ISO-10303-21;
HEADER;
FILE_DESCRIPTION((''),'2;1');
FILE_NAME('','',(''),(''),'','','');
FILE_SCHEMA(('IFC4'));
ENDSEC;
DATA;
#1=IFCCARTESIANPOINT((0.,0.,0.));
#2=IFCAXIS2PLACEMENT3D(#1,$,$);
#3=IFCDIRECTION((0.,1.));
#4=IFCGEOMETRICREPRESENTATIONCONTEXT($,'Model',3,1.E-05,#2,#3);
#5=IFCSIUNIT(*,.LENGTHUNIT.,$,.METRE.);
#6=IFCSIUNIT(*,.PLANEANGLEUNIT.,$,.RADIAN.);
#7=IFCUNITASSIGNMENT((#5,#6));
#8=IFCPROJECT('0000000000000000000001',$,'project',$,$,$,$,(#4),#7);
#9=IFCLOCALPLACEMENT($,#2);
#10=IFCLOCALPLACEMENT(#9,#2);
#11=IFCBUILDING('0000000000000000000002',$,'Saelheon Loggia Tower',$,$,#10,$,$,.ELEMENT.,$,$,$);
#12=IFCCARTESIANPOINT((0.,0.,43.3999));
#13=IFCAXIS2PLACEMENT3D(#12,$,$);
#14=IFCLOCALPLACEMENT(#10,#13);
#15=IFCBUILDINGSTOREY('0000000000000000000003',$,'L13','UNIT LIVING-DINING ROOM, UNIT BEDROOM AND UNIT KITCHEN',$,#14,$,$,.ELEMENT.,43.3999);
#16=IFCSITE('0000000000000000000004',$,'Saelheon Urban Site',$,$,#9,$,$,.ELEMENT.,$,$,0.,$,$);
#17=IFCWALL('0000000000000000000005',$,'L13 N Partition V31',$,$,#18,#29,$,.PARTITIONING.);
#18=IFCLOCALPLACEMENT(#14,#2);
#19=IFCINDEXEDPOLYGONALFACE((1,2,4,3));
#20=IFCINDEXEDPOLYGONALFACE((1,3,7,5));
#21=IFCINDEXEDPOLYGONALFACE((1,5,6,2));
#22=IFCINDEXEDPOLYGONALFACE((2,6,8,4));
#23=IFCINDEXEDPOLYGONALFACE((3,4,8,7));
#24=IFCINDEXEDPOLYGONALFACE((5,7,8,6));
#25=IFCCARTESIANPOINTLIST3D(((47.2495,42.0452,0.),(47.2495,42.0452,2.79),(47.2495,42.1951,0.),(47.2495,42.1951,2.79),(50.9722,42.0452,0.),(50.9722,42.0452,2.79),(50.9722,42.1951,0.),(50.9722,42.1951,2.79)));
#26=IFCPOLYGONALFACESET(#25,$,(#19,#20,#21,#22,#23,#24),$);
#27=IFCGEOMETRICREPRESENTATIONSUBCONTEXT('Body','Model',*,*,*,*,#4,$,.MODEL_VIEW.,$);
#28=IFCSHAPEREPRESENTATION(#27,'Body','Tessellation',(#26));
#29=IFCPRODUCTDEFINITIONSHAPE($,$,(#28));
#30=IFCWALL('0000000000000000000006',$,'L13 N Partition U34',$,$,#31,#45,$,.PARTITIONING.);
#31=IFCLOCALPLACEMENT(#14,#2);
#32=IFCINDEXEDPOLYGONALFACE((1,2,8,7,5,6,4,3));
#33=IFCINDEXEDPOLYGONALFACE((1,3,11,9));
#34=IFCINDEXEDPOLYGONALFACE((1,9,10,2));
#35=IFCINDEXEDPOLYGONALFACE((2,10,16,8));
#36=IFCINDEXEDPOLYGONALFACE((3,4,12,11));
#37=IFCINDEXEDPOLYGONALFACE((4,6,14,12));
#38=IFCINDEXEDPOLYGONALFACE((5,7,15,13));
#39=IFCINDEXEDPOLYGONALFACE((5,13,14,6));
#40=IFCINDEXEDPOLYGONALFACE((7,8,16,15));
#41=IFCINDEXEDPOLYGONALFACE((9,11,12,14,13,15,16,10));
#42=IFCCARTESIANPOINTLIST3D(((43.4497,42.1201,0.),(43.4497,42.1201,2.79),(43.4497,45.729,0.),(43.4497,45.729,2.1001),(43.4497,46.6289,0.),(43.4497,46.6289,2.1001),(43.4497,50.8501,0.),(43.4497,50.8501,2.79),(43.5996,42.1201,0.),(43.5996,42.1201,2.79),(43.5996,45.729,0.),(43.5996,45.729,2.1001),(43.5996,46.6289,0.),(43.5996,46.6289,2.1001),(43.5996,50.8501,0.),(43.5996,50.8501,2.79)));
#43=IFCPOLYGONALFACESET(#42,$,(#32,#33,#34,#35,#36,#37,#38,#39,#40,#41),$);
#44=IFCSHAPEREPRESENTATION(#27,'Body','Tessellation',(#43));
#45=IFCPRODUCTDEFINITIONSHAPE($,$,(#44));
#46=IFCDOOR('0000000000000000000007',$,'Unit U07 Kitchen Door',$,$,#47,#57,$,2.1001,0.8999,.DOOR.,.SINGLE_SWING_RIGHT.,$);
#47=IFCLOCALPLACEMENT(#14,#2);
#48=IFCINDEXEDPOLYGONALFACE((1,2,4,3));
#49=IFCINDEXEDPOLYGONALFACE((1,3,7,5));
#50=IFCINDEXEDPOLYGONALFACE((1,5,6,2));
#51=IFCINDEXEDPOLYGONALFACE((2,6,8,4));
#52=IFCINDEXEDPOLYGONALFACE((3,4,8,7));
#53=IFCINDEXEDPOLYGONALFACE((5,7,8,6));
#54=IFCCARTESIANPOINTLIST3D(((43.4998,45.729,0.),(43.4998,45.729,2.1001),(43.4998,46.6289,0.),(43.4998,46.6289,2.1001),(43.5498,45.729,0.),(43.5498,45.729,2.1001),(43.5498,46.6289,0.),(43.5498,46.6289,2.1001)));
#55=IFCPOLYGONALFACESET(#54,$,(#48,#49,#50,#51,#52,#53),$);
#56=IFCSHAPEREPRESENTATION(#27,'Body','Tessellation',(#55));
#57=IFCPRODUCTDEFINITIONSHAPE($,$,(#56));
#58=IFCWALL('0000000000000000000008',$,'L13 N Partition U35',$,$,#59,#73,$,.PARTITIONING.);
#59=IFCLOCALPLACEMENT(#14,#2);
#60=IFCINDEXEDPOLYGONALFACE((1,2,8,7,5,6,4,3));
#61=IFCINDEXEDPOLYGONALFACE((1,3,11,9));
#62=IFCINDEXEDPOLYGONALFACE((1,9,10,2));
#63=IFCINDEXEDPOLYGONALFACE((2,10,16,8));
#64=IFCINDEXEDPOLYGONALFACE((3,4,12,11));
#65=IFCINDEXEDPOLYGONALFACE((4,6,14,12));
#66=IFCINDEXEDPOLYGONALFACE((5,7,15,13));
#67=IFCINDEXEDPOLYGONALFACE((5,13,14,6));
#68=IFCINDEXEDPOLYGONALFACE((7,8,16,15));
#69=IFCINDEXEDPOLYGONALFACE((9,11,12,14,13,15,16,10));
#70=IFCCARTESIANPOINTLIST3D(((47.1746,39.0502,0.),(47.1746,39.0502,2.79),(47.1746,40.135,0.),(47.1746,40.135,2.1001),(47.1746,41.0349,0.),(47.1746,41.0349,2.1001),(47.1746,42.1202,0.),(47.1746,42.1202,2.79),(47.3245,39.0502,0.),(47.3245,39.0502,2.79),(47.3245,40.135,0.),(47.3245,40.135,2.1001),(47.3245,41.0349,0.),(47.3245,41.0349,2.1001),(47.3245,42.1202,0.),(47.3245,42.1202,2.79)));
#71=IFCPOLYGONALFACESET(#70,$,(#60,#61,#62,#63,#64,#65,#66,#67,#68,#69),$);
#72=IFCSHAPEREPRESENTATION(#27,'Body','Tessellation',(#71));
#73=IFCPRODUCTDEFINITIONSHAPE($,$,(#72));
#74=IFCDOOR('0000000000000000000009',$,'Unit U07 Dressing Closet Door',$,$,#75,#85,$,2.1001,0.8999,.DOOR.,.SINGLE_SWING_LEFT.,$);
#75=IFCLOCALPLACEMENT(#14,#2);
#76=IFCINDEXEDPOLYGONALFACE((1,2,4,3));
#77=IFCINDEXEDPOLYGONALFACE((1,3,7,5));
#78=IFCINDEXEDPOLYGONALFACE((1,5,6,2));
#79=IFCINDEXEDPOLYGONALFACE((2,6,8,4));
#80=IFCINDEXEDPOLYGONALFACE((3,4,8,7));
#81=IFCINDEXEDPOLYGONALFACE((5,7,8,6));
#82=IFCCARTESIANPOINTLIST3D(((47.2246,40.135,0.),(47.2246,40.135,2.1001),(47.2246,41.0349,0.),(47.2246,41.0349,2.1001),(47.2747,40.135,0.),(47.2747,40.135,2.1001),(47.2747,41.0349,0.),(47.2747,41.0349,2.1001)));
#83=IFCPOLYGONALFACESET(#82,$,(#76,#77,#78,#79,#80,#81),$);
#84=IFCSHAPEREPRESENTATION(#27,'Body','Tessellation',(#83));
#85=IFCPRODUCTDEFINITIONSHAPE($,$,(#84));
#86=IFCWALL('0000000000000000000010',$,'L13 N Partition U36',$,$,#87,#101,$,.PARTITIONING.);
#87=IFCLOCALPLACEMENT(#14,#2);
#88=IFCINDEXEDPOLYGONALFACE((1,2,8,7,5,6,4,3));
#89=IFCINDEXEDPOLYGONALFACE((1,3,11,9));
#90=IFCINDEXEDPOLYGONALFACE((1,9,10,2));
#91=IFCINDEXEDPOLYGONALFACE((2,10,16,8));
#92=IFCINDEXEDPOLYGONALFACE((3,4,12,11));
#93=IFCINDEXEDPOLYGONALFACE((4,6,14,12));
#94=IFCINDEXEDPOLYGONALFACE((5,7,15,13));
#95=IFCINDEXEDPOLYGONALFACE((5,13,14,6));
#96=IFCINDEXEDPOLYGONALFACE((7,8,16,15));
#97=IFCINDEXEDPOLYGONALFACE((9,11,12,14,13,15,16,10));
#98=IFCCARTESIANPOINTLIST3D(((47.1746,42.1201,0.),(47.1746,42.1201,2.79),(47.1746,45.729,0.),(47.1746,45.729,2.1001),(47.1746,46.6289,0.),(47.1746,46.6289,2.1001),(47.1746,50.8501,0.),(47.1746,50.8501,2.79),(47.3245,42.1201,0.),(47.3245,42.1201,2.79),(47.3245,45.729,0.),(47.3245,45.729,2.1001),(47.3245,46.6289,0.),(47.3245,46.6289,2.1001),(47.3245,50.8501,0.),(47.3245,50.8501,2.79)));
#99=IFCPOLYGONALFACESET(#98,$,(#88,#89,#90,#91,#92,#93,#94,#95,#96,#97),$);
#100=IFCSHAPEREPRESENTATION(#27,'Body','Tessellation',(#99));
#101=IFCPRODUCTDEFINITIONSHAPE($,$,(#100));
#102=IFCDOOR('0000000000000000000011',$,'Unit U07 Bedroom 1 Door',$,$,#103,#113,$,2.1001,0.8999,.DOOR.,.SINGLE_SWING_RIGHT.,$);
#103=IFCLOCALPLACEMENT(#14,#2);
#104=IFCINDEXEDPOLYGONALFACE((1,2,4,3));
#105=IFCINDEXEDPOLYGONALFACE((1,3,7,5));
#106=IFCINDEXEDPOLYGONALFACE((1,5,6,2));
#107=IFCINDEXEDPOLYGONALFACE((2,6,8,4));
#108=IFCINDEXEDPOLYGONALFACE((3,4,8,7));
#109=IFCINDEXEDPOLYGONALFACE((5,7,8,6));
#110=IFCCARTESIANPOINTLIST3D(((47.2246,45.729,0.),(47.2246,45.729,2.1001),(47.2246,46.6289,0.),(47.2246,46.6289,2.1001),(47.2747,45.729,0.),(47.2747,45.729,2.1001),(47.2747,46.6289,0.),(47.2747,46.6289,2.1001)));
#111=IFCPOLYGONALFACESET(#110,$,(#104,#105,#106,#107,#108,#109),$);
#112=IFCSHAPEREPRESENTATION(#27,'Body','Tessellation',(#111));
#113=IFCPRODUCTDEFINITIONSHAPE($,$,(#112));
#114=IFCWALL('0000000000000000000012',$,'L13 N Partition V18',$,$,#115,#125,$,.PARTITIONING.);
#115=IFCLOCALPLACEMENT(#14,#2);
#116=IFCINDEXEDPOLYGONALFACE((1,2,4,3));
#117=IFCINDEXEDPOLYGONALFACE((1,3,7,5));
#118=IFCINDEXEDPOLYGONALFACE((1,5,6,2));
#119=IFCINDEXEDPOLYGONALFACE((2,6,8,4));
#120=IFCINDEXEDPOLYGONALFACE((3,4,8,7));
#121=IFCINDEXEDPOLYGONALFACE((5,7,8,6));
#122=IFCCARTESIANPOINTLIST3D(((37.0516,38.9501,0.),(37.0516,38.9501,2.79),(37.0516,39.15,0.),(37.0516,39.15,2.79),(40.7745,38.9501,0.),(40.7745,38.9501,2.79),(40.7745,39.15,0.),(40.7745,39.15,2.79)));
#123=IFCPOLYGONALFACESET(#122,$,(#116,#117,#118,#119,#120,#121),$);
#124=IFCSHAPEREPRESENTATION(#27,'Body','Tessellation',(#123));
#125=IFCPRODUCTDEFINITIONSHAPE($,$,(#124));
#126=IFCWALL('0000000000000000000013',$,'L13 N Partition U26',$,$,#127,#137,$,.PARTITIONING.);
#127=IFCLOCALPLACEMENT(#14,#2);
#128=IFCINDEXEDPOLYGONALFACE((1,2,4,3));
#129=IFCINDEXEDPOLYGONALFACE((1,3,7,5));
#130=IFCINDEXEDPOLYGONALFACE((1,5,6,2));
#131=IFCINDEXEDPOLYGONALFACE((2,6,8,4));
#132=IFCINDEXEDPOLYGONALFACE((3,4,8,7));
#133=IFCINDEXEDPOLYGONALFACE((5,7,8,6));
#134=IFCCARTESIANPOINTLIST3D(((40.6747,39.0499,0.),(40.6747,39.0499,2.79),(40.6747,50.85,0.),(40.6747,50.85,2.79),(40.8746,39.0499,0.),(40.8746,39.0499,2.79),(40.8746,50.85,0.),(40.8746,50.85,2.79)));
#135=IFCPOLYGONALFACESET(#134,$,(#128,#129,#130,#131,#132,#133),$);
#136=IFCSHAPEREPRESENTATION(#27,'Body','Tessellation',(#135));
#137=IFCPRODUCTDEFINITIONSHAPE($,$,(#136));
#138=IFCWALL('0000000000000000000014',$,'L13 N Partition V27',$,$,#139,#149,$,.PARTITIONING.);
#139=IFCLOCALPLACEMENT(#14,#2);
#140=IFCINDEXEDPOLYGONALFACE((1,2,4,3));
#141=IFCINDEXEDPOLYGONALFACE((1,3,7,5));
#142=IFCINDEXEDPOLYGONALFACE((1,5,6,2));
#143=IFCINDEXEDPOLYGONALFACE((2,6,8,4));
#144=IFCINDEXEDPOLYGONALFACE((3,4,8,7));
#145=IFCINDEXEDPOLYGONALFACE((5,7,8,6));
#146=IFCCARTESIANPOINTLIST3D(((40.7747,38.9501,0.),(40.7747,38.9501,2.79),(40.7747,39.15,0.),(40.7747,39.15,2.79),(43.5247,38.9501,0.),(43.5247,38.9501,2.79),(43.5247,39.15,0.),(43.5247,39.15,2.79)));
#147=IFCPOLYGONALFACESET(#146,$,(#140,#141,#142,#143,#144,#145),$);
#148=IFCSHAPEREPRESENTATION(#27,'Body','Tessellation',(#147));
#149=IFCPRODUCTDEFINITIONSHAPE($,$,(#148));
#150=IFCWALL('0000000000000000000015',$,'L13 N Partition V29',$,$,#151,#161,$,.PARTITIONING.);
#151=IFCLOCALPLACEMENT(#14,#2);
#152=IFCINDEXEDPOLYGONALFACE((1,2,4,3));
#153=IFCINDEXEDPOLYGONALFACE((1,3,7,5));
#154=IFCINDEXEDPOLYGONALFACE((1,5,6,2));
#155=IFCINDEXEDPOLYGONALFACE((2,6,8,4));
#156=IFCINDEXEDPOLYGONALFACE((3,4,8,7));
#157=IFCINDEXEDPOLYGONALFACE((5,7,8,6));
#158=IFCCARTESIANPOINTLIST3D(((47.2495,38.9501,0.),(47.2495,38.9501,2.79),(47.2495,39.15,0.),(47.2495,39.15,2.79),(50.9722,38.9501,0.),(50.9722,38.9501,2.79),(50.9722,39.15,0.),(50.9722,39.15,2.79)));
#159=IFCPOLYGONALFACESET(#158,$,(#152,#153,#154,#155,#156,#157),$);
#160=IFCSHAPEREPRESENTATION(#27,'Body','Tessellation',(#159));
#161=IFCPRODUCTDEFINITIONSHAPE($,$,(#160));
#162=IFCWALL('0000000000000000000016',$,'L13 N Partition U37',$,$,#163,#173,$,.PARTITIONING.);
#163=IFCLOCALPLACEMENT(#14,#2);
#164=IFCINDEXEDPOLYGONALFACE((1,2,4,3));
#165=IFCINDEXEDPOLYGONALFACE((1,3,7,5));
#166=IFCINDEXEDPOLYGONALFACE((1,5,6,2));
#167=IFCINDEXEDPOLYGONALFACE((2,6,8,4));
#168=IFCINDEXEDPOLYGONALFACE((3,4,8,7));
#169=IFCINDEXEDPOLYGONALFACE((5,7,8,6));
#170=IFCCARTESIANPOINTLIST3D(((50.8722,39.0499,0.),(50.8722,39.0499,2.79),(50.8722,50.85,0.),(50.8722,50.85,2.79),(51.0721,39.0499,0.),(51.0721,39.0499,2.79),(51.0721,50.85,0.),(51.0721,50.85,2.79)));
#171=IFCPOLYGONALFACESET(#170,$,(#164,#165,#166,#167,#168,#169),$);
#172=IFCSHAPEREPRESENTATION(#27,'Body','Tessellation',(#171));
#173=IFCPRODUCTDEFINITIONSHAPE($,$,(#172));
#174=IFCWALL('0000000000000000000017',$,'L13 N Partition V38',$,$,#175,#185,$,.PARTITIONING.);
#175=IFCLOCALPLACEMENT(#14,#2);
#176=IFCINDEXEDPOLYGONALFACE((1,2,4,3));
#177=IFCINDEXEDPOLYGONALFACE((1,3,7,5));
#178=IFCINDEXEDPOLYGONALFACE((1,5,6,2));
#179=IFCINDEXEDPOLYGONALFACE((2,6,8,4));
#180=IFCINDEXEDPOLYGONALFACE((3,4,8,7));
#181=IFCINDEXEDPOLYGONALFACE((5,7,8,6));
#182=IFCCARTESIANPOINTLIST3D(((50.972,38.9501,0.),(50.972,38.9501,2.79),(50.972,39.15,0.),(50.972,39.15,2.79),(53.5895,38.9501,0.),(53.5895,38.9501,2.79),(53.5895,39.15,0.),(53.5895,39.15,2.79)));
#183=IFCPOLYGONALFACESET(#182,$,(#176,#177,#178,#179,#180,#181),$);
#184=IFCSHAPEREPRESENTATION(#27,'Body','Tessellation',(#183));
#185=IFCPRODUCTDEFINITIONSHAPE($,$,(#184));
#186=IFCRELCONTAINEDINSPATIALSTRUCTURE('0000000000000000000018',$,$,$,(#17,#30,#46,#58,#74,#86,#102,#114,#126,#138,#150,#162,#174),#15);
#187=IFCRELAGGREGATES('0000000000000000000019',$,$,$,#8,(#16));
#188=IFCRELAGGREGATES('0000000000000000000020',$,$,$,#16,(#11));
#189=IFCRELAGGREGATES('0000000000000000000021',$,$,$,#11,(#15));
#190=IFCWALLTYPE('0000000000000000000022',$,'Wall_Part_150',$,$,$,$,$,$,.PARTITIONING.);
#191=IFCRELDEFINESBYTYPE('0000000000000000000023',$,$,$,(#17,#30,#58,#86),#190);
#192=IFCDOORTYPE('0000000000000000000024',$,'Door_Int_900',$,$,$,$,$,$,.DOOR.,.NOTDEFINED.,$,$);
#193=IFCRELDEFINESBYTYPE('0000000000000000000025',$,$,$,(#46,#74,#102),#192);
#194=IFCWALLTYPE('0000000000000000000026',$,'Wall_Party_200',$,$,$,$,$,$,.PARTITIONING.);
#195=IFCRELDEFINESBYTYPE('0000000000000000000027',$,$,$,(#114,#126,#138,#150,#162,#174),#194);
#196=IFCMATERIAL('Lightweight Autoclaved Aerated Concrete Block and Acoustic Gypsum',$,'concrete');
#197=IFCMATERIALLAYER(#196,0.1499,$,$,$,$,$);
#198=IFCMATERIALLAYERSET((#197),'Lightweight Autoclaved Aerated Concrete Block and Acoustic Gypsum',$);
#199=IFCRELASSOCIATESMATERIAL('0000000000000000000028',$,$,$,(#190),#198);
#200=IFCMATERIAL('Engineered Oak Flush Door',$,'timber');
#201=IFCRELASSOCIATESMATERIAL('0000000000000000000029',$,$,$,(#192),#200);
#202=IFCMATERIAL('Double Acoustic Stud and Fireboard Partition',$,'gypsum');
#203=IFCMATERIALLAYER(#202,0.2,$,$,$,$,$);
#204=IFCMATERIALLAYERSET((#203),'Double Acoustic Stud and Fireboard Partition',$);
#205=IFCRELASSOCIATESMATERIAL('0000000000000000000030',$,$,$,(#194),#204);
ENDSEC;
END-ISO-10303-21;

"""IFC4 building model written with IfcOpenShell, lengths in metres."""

from ifc_helpers import new_model, si_unit, direction, frame, frame_2d, origin, place, context, subcontext, project, spatial, rectangle, extrude, source, transform, mapped, material, layer, layer_set, type_object, element, fill, save


model = new_model("IFC4")

# Units and contexts
model_context = context("Model", 3, precision=1e-05, world=origin(), true_north=direction((0.0, 1.0)))
body_context = subcontext(model_context, "Body", "Model", "MODEL_VIEW")
ifc_project = project(units=[si_unit("LENGTHUNIT", "METRE"), si_unit("PLANEANGLEUNIT", "RADIAN")], contexts=[model_context])

# Site, building, storey
site_placement = place(None, origin())
site = spatial("IfcSite", under=ifc_project, at=site_placement, Name="Saelheon Urban Site", CompositionType="ELEMENT", RefElevation=0.0)
building_placement = place(site_placement, origin())
building = spatial("IfcBuilding", under=site, at=building_placement, Name="Saelheon Loggia Tower", CompositionType="ELEMENT")
storey_placement = place(building_placement, frame((0.0, 0.0, 43.3999)))
storey = spatial("IfcBuildingStorey", under=building, at=storey_placement, Name="L13", Description="UNIT LIVING-DINING ROOM, UNIT BEDROOM AND UNIT KITCHEN", CompositionType="ELEMENT", Elevation=43.3999)

# Shared definitions
ifc_material_1 = material(Name="Lightweight Autoclaved Aerated Concrete Block and Acoustic Gypsum", Category="concrete")
ifc_layer_1 = layer(ifc_material_1, 0.1499)
ifc_layer_set_1 = layer_set([ifc_layer_1], Name="Lightweight Autoclaved Aerated Concrete Block and Acoustic Gypsum")
wall_type_1 = type_object("IfcWallType", Name="Wall_Part_150", PredefinedType="PARTITIONING", material=ifc_layer_set_1)

# Shared definitions
ifc_material_2 = material(Name="Engineered Oak Flush Door", Category="timber")
door_type_1 = type_object("IfcDoorType", Name="Door_Int_900", OperationType="NOTDEFINED", PredefinedType="DOOR", material=ifc_material_2)
shared_shape_1 = source(origin(), body_context, "Body", "SweptSolid", [
    extrude(rectangle(XDim=0.8999, YDim=2.1001, at=frame_2d((0.45, 1.05))), frame((0.0, 0.0249, 0.0), z_axis=(0.0, -1.0, 0.0), x_axis=(1.0, 0.0, 0.0)), (0.0, 0.0, 1.0), 0.05),
])

# Wall
wall_1_placement = place(storey_placement, frame((47.2495, 42.1201, 0.0), z_axis=(0.0, 0.0, 1.0), x_axis=(1.0, 0.0, 0.0)))
element("IfcWall", 1, at=wall_1_placement, inside=storey, type_object=wall_type_1, Name="L13 N Partition V31", PredefinedType="PARTITIONING", context=body_context, shape_type="SweptSolid", body=[
    extrude(rectangle(XDim=3.7227, YDim=0.1499, at=frame_2d((1.8613, 0.0))), origin(), (0.0, 0.0, 1.0), 2.79),
])

# Walls, openings, doors
wall_2_placement = place(storey_placement, frame((43.5247, 42.1201, 0.0), z_axis=(0.0, 0.0, 1.0), x_axis=(0.0, 1.0, 0.0)))
wall_2 = element("IfcWall", 2, at=wall_2_placement, inside=storey, type_object=wall_type_1, Name="L13 N Partition U34", PredefinedType="PARTITIONING", context=body_context, shape_type="SweptSolid", body=[
    extrude(rectangle(XDim=8.73, YDim=0.1499, at=frame_2d((4.365, 0.0))), origin(), (0.0, 0.0, 1.0), 2.79),
])
opening_1_placement = place(wall_2_placement, frame((3.6089, 0.0, 0.0)))
opening_1 = element("IfcOpeningElement", 3, at=opening_1_placement, cuts=wall_2, PredefinedType="OPENING", context=body_context, shape_type="SweptSolid", body=[
    extrude(rectangle(XDim=0.8999, YDim=2.1001, at=frame_2d((0.45, 1.05))), frame((0.0, 0.0869, 0.0), z_axis=(0.0, -1.0, 0.0), x_axis=(1.0, 0.0, 0.0)), (0.0, 0.0, 1.0), 0.1738),
])
door_1_placement = place(opening_1_placement, origin())
door_1 = element("IfcDoor", 4, at=door_1_placement, inside=storey, type_object=door_type_1, Name="Unit U07 Kitchen Door", OperationType="SINGLE_SWING_RIGHT", OverallHeight=2.1001, OverallWidth=0.8999, PredefinedType="DOOR", context=body_context, shape_type="MappedRepresentation", body=[
    mapped(shared_shape_1, transform((0.0, 0.0, 0.0), scale=1.0)),
])
fill(opening_1, door_1)
wall_3_placement = place(storey_placement, frame((47.2495, 39.05, 0.0), z_axis=(0.0, 0.0, 1.0), x_axis=(0.0, 1.0, 0.0)))
wall_3 = element("IfcWall", 5, at=wall_3_placement, inside=storey, type_object=wall_type_1, Name="L13 N Partition U35", PredefinedType="PARTITIONING", context=body_context, shape_type="SweptSolid", body=[
    extrude(rectangle(XDim=3.0701, YDim=0.1499, at=frame_2d((1.5352, 0.0))), origin(), (0.0, 0.0, 1.0), 2.79),
])
opening_2_placement = place(wall_3_placement, frame((1.085, 0.0, 0.0)))
opening_2 = element("IfcOpeningElement", 6, at=opening_2_placement, cuts=wall_3, PredefinedType="OPENING", context=body_context, shape_type="SweptSolid", body=[
    extrude(rectangle(XDim=0.8999, YDim=2.1001, at=frame_2d((0.45, 1.05))), frame((0.0, 0.0869, 0.0), z_axis=(0.0, -1.0, 0.0), x_axis=(1.0, 0.0, 0.0)), (0.0, 0.0, 1.0), 0.1738),
])
door_2_placement = place(opening_2_placement, origin())
door_2 = element("IfcDoor", 7, at=door_2_placement, inside=storey, type_object=door_type_1, Name="Unit U07 Dressing Closet Door", OperationType="SINGLE_SWING_LEFT", OverallHeight=2.1001, OverallWidth=0.8999, PredefinedType="DOOR", context=body_context, shape_type="MappedRepresentation", body=[
    mapped(shared_shape_1, transform((0.0, 0.0, 0.0), scale=1.0)),
])
fill(opening_2, door_2)
wall_4_placement = place(storey_placement, frame((47.2495, 42.1201, 0.0), z_axis=(0.0, 0.0, 1.0), x_axis=(0.0, 1.0, 0.0)))
wall_4 = element("IfcWall", 8, at=wall_4_placement, inside=storey, type_object=wall_type_1, Name="L13 N Partition U36", PredefinedType="PARTITIONING", context=body_context, shape_type="SweptSolid", body=[
    extrude(rectangle(XDim=8.73, YDim=0.1499, at=frame_2d((4.365, 0.0))), origin(), (0.0, 0.0, 1.0), 2.79),
])
opening_3_placement = place(wall_4_placement, frame((3.6089, 0.0, 0.0)))
opening_3 = element("IfcOpeningElement", 9, at=opening_3_placement, cuts=wall_4, PredefinedType="OPENING", context=body_context, shape_type="SweptSolid", body=[
    extrude(rectangle(XDim=0.8999, YDim=2.1001, at=frame_2d((0.45, 1.05))), frame((0.0, 0.0869, 0.0), z_axis=(0.0, -1.0, 0.0), x_axis=(1.0, 0.0, 0.0)), (0.0, 0.0, 1.0), 0.1738),
])
door_3_placement = place(opening_3_placement, origin())
door_3 = element("IfcDoor", 10, at=door_3_placement, inside=storey, type_object=door_type_1, Name="Unit U07 Bedroom 1 Door", OperationType="SINGLE_SWING_RIGHT", OverallHeight=2.1001, OverallWidth=0.8999, PredefinedType="DOOR", context=body_context, shape_type="MappedRepresentation", body=[
    mapped(shared_shape_1, transform((0.0, 0.0, 0.0), scale=1.0)),
])
fill(opening_3, door_3)

# Walls
ifc_material_3 = material(Name="Double Acoustic Stud and Fireboard Partition", Category="gypsum")
ifc_layer_2 = layer(ifc_material_3, 0.2)
ifc_layer_set_2 = layer_set([ifc_layer_2], Name="Double Acoustic Stud and Fireboard Partition")
wall_type_2 = type_object("IfcWallType", Name="Wall_Party_200", PredefinedType="PARTITIONING", material=ifc_layer_set_2)
wall_5_placement = place(storey_placement, frame((37.0518, 39.05, 0.0), z_axis=(0.0, 0.0, 1.0), x_axis=(1.0, 0.0, 0.0)))
element("IfcWall", 11, at=wall_5_placement, inside=storey, type_object=wall_type_2, Name="L13 N Partition V18", PredefinedType="PARTITIONING", context=body_context, shape_type="SweptSolid", body=[
    extrude(rectangle(XDim=3.7229, YDim=0.2, at=frame_2d((1.8613, 0.0))), origin(), (0.0, 0.0, 1.0), 2.79),
])
wall_6_placement = place(storey_placement, frame((40.7747, 39.05, 0.0), z_axis=(0.0, 0.0, 1.0), x_axis=(0.0, 1.0, 0.0)))
element("IfcWall", 12, at=wall_6_placement, inside=storey, type_object=wall_type_2, Name="L13 N Partition U26", PredefinedType="PARTITIONING", context=body_context, shape_type="SweptSolid", body=[
    extrude(rectangle(XDim=11.8, YDim=0.2, at=frame_2d((5.8999, 0.0))), origin(), (0.0, 0.0, 1.0), 2.79),
])
wall_7_placement = place(storey_placement, frame((40.7747, 39.05, 0.0), z_axis=(0.0, 0.0, 1.0), x_axis=(1.0, 0.0, 0.0)))
element("IfcWall", 13, at=wall_7_placement, inside=storey, type_object=wall_type_2, Name="L13 N Partition V27", PredefinedType="PARTITIONING", context=body_context, shape_type="SweptSolid", body=[
    extrude(rectangle(XDim=2.75, YDim=0.2, at=frame_2d((1.375, 0.0))), origin(), (0.0, 0.0, 1.0), 2.79),
])

# Walls
wall_8_placement = place(storey_placement, frame((47.2495, 39.05, 0.0), z_axis=(0.0, 0.0, 1.0), x_axis=(1.0, 0.0, 0.0)))
element("IfcWall", 14, at=wall_8_placement, inside=storey, type_object=wall_type_2, Name="L13 N Partition V29", PredefinedType="PARTITIONING", context=body_context, shape_type="SweptSolid", body=[
    extrude(rectangle(XDim=3.7227, YDim=0.2, at=frame_2d((1.8613, 0.0))), origin(), (0.0, 0.0, 1.0), 2.79),
])
wall_9_placement = place(storey_placement, frame((50.9722, 39.05, 0.0), z_axis=(0.0, 0.0, 1.0), x_axis=(0.0, 1.0, 0.0)))
element("IfcWall", 15, at=wall_9_placement, inside=storey, type_object=wall_type_2, Name="L13 N Partition U37", PredefinedType="PARTITIONING", context=body_context, shape_type="SweptSolid", body=[
    extrude(rectangle(XDim=11.8, YDim=0.2, at=frame_2d((5.8999, 0.0))), origin(), (0.0, 0.0, 1.0), 2.79),
])
wall_10_placement = place(storey_placement, frame((50.9722, 39.05, 0.0), z_axis=(0.0, 0.0, 1.0), x_axis=(1.0, 0.0, 0.0)))
element("IfcWall", 16, at=wall_10_placement, inside=storey, type_object=wall_type_2, Name="L13 N Partition V38", PredefinedType="PARTITIONING", context=body_context, shape_type="SweptSolid", body=[
    extrude(rectangle(XDim=2.6174, YDim=0.2, at=frame_2d((1.3086, 0.0))), origin(), (0.0, 0.0, 1.0), 2.79),
])

save(model, "model.ifc")
